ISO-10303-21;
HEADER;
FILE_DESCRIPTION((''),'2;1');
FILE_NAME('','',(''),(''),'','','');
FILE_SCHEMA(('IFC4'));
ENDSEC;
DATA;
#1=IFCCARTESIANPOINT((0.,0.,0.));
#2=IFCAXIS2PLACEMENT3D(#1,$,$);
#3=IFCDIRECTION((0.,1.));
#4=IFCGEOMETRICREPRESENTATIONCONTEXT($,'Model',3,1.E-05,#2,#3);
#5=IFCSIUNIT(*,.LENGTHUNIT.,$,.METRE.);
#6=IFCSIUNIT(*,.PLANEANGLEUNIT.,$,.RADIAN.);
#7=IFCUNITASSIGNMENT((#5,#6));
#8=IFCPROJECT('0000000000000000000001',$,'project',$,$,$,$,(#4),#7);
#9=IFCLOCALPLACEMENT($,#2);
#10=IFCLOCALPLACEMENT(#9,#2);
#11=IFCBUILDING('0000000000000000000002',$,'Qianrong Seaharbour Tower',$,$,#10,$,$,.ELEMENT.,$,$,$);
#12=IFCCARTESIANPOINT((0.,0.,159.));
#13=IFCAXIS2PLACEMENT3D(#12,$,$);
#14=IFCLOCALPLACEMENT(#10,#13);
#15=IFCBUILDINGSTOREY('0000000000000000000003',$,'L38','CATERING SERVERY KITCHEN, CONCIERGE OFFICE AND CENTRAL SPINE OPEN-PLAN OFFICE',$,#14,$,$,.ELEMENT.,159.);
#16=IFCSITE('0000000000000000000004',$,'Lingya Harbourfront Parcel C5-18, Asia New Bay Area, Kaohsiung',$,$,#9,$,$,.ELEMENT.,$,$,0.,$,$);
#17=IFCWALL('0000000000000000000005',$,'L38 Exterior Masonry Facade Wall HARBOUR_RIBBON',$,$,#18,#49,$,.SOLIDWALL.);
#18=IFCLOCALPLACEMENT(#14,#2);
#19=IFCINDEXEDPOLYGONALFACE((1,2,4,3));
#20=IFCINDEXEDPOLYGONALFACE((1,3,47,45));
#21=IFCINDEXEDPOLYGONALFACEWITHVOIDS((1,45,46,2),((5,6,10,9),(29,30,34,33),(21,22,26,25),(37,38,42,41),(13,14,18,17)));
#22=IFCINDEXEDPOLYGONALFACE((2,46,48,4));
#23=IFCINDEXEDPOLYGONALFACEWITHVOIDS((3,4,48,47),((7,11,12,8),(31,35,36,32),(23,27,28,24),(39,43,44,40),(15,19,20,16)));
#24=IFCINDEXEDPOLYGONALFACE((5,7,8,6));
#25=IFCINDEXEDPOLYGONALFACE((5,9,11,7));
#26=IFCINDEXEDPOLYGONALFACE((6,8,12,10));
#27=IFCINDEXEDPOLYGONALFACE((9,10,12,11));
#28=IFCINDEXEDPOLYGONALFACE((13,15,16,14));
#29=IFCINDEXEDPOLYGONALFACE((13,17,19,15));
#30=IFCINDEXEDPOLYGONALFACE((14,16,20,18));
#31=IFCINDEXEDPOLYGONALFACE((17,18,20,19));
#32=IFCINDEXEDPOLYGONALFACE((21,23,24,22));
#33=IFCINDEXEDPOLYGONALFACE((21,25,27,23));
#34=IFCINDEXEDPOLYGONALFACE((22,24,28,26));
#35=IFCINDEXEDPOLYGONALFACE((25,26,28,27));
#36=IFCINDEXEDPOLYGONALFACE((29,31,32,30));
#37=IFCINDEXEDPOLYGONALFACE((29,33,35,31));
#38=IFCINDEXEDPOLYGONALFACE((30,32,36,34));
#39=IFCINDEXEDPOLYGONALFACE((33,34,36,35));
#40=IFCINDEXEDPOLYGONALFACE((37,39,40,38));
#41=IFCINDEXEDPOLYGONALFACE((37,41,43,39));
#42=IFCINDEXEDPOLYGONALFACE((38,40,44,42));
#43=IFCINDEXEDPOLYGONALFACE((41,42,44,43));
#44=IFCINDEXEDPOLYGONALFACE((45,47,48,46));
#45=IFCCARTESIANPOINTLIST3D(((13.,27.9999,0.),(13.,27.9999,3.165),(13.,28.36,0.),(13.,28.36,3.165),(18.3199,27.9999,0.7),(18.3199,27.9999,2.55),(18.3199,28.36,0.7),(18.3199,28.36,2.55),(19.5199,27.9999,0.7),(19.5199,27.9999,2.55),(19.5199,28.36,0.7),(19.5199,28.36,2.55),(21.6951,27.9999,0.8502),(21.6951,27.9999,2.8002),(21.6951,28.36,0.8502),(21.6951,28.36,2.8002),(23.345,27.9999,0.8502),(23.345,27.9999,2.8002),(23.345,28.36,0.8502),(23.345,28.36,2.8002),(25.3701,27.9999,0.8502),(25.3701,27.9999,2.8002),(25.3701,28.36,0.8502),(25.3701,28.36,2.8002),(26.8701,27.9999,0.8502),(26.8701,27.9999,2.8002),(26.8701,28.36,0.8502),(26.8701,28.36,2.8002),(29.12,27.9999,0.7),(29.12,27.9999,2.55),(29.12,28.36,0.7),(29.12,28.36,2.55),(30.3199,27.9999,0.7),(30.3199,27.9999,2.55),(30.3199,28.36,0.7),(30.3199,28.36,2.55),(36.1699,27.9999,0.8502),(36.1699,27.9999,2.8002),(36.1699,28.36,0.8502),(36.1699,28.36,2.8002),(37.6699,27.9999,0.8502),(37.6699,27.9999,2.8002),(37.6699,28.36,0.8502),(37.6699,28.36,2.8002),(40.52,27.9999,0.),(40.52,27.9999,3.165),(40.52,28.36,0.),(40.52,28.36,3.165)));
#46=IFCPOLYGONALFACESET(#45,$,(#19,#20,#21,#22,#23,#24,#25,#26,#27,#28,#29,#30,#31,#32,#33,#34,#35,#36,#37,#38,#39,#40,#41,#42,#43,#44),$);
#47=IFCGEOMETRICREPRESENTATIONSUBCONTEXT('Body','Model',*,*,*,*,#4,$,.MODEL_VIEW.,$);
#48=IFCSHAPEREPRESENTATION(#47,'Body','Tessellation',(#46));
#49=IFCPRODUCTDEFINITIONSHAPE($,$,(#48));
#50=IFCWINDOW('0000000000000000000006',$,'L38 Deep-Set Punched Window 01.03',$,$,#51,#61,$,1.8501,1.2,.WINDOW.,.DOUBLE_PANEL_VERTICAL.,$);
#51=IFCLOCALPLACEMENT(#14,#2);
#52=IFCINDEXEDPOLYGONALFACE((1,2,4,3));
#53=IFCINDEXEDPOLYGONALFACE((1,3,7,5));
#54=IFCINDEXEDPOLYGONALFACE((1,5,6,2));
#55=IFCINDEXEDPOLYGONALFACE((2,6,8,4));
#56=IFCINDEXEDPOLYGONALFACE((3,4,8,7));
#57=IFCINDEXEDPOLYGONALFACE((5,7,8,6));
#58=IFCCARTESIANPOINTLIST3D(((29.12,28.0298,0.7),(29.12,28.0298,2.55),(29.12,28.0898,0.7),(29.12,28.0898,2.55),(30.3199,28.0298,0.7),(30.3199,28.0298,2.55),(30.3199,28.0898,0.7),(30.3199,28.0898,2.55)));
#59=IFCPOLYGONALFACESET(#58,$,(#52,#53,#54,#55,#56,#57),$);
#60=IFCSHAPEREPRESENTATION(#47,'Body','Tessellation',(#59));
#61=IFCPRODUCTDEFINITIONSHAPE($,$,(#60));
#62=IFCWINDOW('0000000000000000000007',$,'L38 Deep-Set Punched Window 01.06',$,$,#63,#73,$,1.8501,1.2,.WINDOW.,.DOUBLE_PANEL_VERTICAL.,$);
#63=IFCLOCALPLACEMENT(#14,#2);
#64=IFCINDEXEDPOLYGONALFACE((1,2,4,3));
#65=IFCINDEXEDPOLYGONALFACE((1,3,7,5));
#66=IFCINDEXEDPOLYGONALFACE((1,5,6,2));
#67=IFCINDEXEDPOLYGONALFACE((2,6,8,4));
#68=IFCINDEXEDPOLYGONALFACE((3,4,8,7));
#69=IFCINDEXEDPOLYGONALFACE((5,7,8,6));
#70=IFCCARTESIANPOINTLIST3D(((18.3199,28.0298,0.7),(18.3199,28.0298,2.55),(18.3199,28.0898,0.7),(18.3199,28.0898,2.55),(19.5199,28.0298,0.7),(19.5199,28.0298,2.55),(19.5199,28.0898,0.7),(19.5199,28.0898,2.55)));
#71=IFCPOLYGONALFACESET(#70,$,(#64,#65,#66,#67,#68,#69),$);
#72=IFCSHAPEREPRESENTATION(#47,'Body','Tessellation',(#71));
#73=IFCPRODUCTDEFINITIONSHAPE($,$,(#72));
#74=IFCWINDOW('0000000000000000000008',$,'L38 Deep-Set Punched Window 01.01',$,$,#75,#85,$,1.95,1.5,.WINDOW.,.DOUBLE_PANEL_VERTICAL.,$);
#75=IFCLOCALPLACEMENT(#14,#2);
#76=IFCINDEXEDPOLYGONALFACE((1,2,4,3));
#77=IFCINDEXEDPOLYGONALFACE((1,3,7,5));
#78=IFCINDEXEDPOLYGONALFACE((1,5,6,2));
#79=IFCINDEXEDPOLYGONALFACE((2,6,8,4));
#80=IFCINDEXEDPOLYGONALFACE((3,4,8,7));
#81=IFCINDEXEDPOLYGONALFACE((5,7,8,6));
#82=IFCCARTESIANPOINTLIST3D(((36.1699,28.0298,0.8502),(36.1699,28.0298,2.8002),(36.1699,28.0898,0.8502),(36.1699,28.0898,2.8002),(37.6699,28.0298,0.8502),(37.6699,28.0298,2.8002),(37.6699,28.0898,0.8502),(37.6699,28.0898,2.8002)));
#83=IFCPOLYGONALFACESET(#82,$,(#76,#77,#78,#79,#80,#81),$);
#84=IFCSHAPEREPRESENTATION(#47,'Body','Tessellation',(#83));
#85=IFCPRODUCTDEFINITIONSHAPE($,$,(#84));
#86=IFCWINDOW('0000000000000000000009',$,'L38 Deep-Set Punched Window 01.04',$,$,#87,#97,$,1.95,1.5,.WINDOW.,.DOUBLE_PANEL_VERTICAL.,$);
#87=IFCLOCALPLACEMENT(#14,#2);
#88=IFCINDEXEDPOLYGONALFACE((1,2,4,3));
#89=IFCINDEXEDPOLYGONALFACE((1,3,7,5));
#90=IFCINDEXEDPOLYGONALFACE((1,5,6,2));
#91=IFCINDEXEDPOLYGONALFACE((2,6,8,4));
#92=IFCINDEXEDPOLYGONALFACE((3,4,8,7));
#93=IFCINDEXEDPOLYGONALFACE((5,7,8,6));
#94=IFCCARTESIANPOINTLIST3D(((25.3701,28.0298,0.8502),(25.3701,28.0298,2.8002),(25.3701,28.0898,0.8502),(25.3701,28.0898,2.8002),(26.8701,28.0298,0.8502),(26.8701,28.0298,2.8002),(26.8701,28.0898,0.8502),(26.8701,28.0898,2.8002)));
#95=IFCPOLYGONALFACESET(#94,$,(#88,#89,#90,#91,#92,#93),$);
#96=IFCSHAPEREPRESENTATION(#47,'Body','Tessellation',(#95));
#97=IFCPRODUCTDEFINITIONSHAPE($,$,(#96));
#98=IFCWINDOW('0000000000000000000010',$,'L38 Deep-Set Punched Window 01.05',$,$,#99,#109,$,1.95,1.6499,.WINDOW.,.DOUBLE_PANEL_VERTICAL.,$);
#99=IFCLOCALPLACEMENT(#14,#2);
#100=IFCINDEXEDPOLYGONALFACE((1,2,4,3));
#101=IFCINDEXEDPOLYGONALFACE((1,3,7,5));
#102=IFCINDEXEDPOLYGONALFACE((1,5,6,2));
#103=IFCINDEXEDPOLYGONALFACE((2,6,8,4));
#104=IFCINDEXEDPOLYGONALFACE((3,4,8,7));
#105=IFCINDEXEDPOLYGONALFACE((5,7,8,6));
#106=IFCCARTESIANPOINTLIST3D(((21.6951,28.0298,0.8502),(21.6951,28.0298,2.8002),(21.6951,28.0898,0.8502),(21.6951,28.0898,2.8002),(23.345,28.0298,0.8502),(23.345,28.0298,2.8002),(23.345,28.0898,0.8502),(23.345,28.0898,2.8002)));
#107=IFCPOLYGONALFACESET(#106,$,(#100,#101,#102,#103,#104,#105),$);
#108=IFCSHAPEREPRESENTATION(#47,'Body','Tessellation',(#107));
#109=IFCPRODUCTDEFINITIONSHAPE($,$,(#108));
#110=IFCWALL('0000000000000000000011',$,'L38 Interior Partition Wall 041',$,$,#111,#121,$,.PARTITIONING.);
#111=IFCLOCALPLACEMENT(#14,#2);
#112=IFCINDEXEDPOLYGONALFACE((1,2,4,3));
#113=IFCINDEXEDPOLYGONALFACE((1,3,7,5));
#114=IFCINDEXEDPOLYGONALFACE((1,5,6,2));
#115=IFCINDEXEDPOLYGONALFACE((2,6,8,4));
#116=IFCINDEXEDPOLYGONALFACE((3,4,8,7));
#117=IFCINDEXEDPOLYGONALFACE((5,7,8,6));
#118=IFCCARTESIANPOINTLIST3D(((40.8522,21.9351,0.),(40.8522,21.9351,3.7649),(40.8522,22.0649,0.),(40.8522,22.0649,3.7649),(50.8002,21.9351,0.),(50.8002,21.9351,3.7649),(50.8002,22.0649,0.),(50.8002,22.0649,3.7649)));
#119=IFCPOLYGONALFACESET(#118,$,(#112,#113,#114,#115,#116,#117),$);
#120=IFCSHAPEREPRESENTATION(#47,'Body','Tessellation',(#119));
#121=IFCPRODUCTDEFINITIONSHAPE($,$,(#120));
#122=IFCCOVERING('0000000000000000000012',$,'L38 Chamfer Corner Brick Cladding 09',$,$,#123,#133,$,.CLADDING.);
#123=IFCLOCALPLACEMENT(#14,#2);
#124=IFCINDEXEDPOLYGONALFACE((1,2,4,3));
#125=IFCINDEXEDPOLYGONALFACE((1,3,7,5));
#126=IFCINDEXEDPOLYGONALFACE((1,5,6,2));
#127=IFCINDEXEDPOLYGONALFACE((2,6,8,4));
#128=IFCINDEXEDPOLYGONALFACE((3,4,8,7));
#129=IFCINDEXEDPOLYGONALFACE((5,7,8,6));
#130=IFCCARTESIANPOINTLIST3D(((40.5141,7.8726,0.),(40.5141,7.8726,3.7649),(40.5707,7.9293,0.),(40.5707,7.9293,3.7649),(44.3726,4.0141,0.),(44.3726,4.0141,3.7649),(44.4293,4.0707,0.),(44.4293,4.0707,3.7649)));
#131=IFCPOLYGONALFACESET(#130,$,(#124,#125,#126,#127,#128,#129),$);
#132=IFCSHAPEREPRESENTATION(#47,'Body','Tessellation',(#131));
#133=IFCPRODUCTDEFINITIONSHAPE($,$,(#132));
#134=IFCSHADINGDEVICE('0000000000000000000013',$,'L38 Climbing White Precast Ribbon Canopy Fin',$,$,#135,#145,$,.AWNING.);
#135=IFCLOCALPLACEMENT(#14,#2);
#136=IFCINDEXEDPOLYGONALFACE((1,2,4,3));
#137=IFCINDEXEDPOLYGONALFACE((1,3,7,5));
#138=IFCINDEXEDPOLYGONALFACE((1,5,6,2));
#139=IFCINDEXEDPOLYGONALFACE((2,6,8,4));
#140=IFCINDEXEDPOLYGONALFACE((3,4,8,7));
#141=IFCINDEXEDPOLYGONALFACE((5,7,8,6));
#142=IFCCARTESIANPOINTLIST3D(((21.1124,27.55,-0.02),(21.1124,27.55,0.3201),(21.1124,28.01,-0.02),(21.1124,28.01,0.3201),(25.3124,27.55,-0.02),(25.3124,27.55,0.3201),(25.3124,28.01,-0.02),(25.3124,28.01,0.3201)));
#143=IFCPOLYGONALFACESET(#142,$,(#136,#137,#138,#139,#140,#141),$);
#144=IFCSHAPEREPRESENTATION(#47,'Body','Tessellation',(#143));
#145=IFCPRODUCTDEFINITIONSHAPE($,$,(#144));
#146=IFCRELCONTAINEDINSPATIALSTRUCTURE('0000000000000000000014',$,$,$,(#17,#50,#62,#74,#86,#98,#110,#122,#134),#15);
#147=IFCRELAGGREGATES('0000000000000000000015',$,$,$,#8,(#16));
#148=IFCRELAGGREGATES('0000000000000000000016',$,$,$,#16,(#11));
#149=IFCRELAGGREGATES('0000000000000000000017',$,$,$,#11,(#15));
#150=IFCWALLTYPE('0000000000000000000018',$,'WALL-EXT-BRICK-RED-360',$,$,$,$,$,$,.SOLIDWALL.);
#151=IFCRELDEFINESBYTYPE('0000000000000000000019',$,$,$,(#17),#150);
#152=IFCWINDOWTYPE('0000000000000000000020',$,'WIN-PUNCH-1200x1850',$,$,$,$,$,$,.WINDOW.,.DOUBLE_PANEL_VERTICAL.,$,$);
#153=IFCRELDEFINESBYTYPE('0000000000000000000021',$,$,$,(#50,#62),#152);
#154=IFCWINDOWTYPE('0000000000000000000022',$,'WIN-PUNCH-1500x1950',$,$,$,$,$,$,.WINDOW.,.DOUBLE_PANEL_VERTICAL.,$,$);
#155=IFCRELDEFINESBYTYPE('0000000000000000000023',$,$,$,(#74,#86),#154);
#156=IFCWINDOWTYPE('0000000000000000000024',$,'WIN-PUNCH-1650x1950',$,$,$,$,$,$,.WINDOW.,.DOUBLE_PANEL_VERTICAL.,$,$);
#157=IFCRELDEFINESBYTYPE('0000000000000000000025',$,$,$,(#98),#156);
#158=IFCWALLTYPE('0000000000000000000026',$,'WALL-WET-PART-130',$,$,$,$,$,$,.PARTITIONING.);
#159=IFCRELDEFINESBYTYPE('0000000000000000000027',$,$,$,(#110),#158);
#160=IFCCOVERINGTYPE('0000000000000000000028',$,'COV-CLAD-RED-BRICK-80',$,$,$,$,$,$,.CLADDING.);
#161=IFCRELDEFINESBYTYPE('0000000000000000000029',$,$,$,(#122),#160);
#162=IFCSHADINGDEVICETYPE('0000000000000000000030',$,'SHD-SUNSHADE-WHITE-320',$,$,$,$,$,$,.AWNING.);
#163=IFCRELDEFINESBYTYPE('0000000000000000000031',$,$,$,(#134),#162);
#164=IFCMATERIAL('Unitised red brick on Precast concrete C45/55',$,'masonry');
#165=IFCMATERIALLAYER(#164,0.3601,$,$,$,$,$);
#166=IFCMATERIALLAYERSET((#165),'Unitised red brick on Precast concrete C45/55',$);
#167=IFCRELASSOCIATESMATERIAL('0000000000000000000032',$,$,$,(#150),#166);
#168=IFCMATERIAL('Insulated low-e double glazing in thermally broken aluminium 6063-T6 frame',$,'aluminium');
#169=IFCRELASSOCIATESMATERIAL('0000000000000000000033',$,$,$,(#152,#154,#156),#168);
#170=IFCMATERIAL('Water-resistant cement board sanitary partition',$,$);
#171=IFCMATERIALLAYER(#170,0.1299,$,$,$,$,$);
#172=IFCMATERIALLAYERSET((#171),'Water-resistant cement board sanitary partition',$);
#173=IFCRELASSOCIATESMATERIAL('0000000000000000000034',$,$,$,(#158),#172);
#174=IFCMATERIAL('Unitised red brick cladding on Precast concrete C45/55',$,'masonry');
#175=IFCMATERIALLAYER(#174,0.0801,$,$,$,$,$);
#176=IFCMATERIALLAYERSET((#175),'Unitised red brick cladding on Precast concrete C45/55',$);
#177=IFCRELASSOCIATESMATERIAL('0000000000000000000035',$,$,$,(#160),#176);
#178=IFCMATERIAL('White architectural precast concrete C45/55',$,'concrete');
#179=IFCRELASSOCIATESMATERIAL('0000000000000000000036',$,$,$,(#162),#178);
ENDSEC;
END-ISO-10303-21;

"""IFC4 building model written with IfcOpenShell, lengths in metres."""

from ifc_helpers import new_model, si_unit, direction, frame, frame_2d, origin, origin_2d, place, context, subcontext, project, spatial, rectangle, extrude, material, layer, layer_set, type_object, element, fill, save


model = new_model("IFC4")

# Units and contexts
model_context = context("Model", 3, precision=1e-05, world=origin(), true_north=direction((0.0, 1.0)))
body_context = subcontext(model_context, "Body", "Model", "MODEL_VIEW")
ifc_project = project(units=[si_unit("LENGTHUNIT", "METRE"), si_unit("PLANEANGLEUNIT", "RADIAN")], contexts=[model_context])

# Site, building, storey
site_placement = place(None, origin())
site = spatial("IfcSite", under=ifc_project, at=site_placement, Name="Lingya Harbourfront Parcel C5-18, Asia New Bay Area, Kaohsiung", CompositionType="ELEMENT", RefElevation=0.0)
building_placement = place(site_placement, origin())
building = spatial("IfcBuilding", under=site, at=building_placement, Name="Qianrong Seaharbour Tower", CompositionType="ELEMENT")
storey_placement = place(building_placement, frame((0.0, 0.0, 159.0)))
storey = spatial("IfcBuildingStorey", under=building, at=storey_placement, Name="L38", Description="CATERING SERVERY KITCHEN, CONCIERGE OFFICE AND CENTRAL SPINE OPEN-PLAN OFFICE", CompositionType="ELEMENT", Elevation=159.0)

# Shared definitions
ifc_material_1 = material(Name="Unitised red brick on Precast concrete C45/55", Category="masonry")
ifc_layer_1 = layer(ifc_material_1, 0.3601)
ifc_layer_set_1 = layer_set([ifc_layer_1], Name="Unitised red brick on Precast concrete C45/55")
wall_type_1 = type_object("IfcWallType", Name="WALL-EXT-BRICK-RED-360", PredefinedType="SOLIDWALL", material=ifc_layer_set_1)

# Wall, openings, windows
wall_1_placement = place(storey_placement, frame((40.52, 28.1799, 0.0), z_axis=(0.0, 0.0, 1.0), x_axis=(-1.0, 0.0, 0.0)))
wall_1 = element("IfcWall", 1, at=wall_1_placement, inside=storey, type_object=wall_type_1, Name="L38 Exterior Masonry Facade Wall HARBOUR_RIBBON", PredefinedType="SOLIDWALL", context=body_context, shape_type="SweptSolid", body=[
    extrude(rectangle(XDim=27.52, YDim=0.3601, at=frame_2d((13.76, 0.0))), origin(), (0.0, 0.0, 1.0), 3.165),
])
opening_1_placement = place(wall_1_placement, frame((2.8501, 0.0, 0.8501)))
opening_1 = element("IfcOpeningElement", 2, at=opening_1_placement, cuts=wall_1, PredefinedType="OPENING", context=body_context, shape_type="SweptSolid", body=[
    extrude(rectangle(XDim=1.5, YDim=1.95, at=frame_2d((0.75, 0.9751))), frame((0.0, 0.1899, 0.0), z_axis=(0.0, -1.0, 0.0), x_axis=(1.0, 0.0, 0.0)), (0.0, 0.0, 1.0), 0.3801),
])
opening_2_placement = place(wall_1_placement, frame((10.2, 0.0, 0.7)))
opening_2 = element("IfcOpeningElement", 3, at=opening_2_placement, cuts=wall_1, PredefinedType="OPENING", context=body_context, shape_type="SweptSolid", body=[
    extrude(rectangle(XDim=1.2, YDim=1.8501, at=frame_2d((0.6001, 0.925))), frame((0.0, 0.1899, 0.0), z_axis=(0.0, -1.0, 0.0), x_axis=(1.0, 0.0, 0.0)), (0.0, 0.0, 1.0), 0.3801),
])
opening_3_placement = place(wall_1_placement, frame((13.6499, 0.0, 0.8501)))
opening_3 = element("IfcOpeningElement", 4, at=opening_3_placement, cuts=wall_1, PredefinedType="OPENING", context=body_context, shape_type="SweptSolid", body=[
    extrude(rectangle(XDim=1.5, YDim=1.95, at=frame_2d((0.75, 0.9751))), frame((0.0, 0.1899, 0.0), z_axis=(0.0, -1.0, 0.0), x_axis=(1.0, 0.0, 0.0)), (0.0, 0.0, 1.0), 0.3801),
])
opening_4_placement = place(wall_1_placement, frame((17.175, 0.0, 0.8501)))
opening_4 = element("IfcOpeningElement", 5, at=opening_4_placement, cuts=wall_1, PredefinedType="OPENING", context=body_context, shape_type="SweptSolid", body=[
    extrude(rectangle(XDim=1.6499, YDim=1.95, at=frame_2d((0.825, 0.9751))), frame((0.0, 0.1899, 0.0), z_axis=(0.0, -1.0, 0.0), x_axis=(1.0, 0.0, 0.0)), (0.0, 0.0, 1.0), 0.3801),
])
opening_5_placement = place(wall_1_placement, frame((21.0, 0.0, 0.7)))
opening_5 = element("IfcOpeningElement", 6, at=opening_5_placement, cuts=wall_1, PredefinedType="OPENING", context=body_context, shape_type="SweptSolid", body=[
    extrude(rectangle(XDim=1.2, YDim=1.8501, at=frame_2d((0.6001, 0.925))), frame((0.0, 0.1899, 0.0), z_axis=(0.0, -1.0, 0.0), x_axis=(1.0, 0.0, 0.0)), (0.0, 0.0, 1.0), 0.3801),
])
ifc_material_2 = material(Name="Insulated low-e double glazing in thermally broken aluminium 6063-T6 frame", Category="aluminium")
window_type_1 = type_object("IfcWindowType", Name="WIN-PUNCH-1200x1850", PartitioningType="DOUBLE_PANEL_VERTICAL", PredefinedType="WINDOW", material=ifc_material_2)
window_1_placement = place(opening_2_placement, origin())
window_1 = element("IfcWindow", 7, at=window_1_placement, inside=storey, type_object=window_type_1, Name="L38 Deep-Set Punched Window 01.03", OverallHeight=1.8501, OverallWidth=1.2, PartitioningType="DOUBLE_PANEL_VERTICAL", PredefinedType="WINDOW", context=body_context, shape_type="SweptSolid", body=[
    extrude(rectangle(XDim=1.2, YDim=1.8501, at=frame_2d((0.6001, 0.925))), frame((0.0, 0.1501, 0.0), z_axis=(0.0, -1.0, 0.0), x_axis=(1.0, 0.0, 0.0)), (0.0, 0.0, 1.0), 0.0601),
])
fill(opening_2, window_1)
window_2_placement = place(opening_5_placement, origin())
window_2 = element("IfcWindow", 8, at=window_2_placement, inside=storey, type_object=window_type_1, Name="L38 Deep-Set Punched Window 01.06", OverallHeight=1.8501, OverallWidth=1.2, PartitioningType="DOUBLE_PANEL_VERTICAL", PredefinedType="WINDOW", context=body_context, shape_type="SweptSolid", body=[
    extrude(rectangle(XDim=1.2, YDim=1.8501, at=frame_2d((0.6001, 0.925))), frame((0.0, 0.1501, 0.0), z_axis=(0.0, -1.0, 0.0), x_axis=(1.0, 0.0, 0.0)), (0.0, 0.0, 1.0), 0.0601),
])
fill(opening_5, window_2)
window_type_2 = type_object("IfcWindowType", Name="WIN-PUNCH-1500x1950", PartitioningType="DOUBLE_PANEL_VERTICAL", PredefinedType="WINDOW", material=ifc_material_2)
window_3_placement = place(opening_1_placement, origin())
window_3 = element("IfcWindow", 9, at=window_3_placement, inside=storey, type_object=window_type_2, Name="L38 Deep-Set Punched Window 01.01", OverallHeight=1.95, OverallWidth=1.5, PartitioningType="DOUBLE_PANEL_VERTICAL", PredefinedType="WINDOW", context=body_context, shape_type="SweptSolid", body=[
    extrude(rectangle(XDim=1.5, YDim=1.95, at=frame_2d((0.75, 0.9751))), frame((0.0, 0.1501, 0.0), z_axis=(0.0, -1.0, 0.0), x_axis=(1.0, 0.0, 0.0)), (0.0, 0.0, 1.0), 0.0601),
])
fill(opening_1, window_3)
window_4_placement = place(opening_3_placement, origin())
window_4 = element("IfcWindow", 10, at=window_4_placement, inside=storey, type_object=window_type_2, Name="L38 Deep-Set Punched Window 01.04", OverallHeight=1.95, OverallWidth=1.5, PartitioningType="DOUBLE_PANEL_VERTICAL", PredefinedType="WINDOW", context=body_context, shape_type="SweptSolid", body=[
    extrude(rectangle(XDim=1.5, YDim=1.95, at=frame_2d((0.75, 0.9751))), frame((0.0, 0.1501, 0.0), z_axis=(0.0, -1.0, 0.0), x_axis=(1.0, 0.0, 0.0)), (0.0, 0.0, 1.0), 0.0601),
])
fill(opening_3, window_4)
window_type_3 = type_object("IfcWindowType", Name="WIN-PUNCH-1650x1950", PartitioningType="DOUBLE_PANEL_VERTICAL", PredefinedType="WINDOW", material=ifc_material_2)
window_5_placement = place(opening_4_placement, origin())
window_5 = element("IfcWindow", 11, at=window_5_placement, inside=storey, type_object=window_type_3, Name="L38 Deep-Set Punched Window 01.05", OverallHeight=1.95, OverallWidth=1.6499, PartitioningType="DOUBLE_PANEL_VERTICAL", PredefinedType="WINDOW", context=body_context, shape_type="SweptSolid", body=[
    extrude(rectangle(XDim=1.6499, YDim=1.95, at=frame_2d((0.825, 0.9751))), frame((0.0, 0.1501, 0.0), z_axis=(0.0, -1.0, 0.0), x_axis=(1.0, 0.0, 0.0)), (0.0, 0.0, 1.0), 0.0601),
])
fill(opening_4, window_5)

# Wall
ifc_material_3 = material(Name="Water-resistant cement board sanitary partition")
ifc_layer_2 = layer(ifc_material_3, 0.1299)
ifc_layer_set_2 = layer_set([ifc_layer_2], Name="Water-resistant cement board sanitary partition")
wall_type_2 = type_object("IfcWallType", Name="WALL-WET-PART-130", PredefinedType="PARTITIONING", material=ifc_layer_set_2)
wall_2_placement = place(storey_placement, frame((40.8521, 22.0, 0.0), z_axis=(0.0, 0.0, 1.0), x_axis=(1.0, 0.0, 0.0)))
element("IfcWall", 12, at=wall_2_placement, inside=storey, type_object=wall_type_2, Name="L38 Interior Partition Wall 041", PredefinedType="PARTITIONING", context=body_context, shape_type="SweptSolid", body=[
    extrude(rectangle(XDim=9.948, YDim=0.1299, at=frame_2d((4.9741, 0.0))), origin(), (0.0, 0.0, 1.0), 3.7649),
])

# Covering
ifc_material_4 = material(Name="Unitised red brick cladding on Precast concrete C45/55", Category="masonry")
ifc_layer_3 = layer(ifc_material_4, 0.0801)
ifc_layer_set_3 = layer_set([ifc_layer_3], Name="Unitised red brick cladding on Precast concrete C45/55")
covering_type = type_object("IfcCoveringType", Name="COV-CLAD-RED-BRICK-80", PredefinedType="CLADDING", material=ifc_layer_set_3)
covering_placement = place(storey_placement, frame((42.4717, 5.9717, 0.0), z_axis=(0.0, 0.0, 1.0), x_axis=(-0.707107, 0.707107, 0.0)))
element("IfcCovering", 13, at=covering_placement, inside=storey, type_object=covering_type, Name="L38 Chamfer Corner Brick Cladding 09", PredefinedType="CLADDING", context=body_context, shape_type="SweptSolid", body=[
    extrude(rectangle(XDim=5.4568, YDim=0.0801, at=origin_2d()), origin(), (0.0, 0.0, 1.0), 3.7649),
])

# Shading device
ifc_material_5 = material(Name="White architectural precast concrete C45/55", Category="concrete")
shading_device_type = type_object("IfcShadingDeviceType", Name="SHD-SUNSHADE-WHITE-320", PredefinedType="AWNING", material=ifc_material_5)
shading_device_placement = place(storey_placement, frame((23.2124, 27.78, -0.02), z_axis=(0.0, 0.0, 1.0), x_axis=(1.0, 0.0, 0.0)))
element("IfcShadingDevice", 14, at=shading_device_placement, inside=storey, type_object=shading_device_type, Name="L38 Climbing White Precast Ribbon Canopy Fin", PredefinedType="AWNING", context=body_context, shape_type="SweptSolid", body=[
    extrude(rectangle(XDim=4.2, YDim=0.46, at=origin_2d()), origin(), (0.0, 0.0, 1.0), 0.3401),
])

save(model, "model.ifc")
